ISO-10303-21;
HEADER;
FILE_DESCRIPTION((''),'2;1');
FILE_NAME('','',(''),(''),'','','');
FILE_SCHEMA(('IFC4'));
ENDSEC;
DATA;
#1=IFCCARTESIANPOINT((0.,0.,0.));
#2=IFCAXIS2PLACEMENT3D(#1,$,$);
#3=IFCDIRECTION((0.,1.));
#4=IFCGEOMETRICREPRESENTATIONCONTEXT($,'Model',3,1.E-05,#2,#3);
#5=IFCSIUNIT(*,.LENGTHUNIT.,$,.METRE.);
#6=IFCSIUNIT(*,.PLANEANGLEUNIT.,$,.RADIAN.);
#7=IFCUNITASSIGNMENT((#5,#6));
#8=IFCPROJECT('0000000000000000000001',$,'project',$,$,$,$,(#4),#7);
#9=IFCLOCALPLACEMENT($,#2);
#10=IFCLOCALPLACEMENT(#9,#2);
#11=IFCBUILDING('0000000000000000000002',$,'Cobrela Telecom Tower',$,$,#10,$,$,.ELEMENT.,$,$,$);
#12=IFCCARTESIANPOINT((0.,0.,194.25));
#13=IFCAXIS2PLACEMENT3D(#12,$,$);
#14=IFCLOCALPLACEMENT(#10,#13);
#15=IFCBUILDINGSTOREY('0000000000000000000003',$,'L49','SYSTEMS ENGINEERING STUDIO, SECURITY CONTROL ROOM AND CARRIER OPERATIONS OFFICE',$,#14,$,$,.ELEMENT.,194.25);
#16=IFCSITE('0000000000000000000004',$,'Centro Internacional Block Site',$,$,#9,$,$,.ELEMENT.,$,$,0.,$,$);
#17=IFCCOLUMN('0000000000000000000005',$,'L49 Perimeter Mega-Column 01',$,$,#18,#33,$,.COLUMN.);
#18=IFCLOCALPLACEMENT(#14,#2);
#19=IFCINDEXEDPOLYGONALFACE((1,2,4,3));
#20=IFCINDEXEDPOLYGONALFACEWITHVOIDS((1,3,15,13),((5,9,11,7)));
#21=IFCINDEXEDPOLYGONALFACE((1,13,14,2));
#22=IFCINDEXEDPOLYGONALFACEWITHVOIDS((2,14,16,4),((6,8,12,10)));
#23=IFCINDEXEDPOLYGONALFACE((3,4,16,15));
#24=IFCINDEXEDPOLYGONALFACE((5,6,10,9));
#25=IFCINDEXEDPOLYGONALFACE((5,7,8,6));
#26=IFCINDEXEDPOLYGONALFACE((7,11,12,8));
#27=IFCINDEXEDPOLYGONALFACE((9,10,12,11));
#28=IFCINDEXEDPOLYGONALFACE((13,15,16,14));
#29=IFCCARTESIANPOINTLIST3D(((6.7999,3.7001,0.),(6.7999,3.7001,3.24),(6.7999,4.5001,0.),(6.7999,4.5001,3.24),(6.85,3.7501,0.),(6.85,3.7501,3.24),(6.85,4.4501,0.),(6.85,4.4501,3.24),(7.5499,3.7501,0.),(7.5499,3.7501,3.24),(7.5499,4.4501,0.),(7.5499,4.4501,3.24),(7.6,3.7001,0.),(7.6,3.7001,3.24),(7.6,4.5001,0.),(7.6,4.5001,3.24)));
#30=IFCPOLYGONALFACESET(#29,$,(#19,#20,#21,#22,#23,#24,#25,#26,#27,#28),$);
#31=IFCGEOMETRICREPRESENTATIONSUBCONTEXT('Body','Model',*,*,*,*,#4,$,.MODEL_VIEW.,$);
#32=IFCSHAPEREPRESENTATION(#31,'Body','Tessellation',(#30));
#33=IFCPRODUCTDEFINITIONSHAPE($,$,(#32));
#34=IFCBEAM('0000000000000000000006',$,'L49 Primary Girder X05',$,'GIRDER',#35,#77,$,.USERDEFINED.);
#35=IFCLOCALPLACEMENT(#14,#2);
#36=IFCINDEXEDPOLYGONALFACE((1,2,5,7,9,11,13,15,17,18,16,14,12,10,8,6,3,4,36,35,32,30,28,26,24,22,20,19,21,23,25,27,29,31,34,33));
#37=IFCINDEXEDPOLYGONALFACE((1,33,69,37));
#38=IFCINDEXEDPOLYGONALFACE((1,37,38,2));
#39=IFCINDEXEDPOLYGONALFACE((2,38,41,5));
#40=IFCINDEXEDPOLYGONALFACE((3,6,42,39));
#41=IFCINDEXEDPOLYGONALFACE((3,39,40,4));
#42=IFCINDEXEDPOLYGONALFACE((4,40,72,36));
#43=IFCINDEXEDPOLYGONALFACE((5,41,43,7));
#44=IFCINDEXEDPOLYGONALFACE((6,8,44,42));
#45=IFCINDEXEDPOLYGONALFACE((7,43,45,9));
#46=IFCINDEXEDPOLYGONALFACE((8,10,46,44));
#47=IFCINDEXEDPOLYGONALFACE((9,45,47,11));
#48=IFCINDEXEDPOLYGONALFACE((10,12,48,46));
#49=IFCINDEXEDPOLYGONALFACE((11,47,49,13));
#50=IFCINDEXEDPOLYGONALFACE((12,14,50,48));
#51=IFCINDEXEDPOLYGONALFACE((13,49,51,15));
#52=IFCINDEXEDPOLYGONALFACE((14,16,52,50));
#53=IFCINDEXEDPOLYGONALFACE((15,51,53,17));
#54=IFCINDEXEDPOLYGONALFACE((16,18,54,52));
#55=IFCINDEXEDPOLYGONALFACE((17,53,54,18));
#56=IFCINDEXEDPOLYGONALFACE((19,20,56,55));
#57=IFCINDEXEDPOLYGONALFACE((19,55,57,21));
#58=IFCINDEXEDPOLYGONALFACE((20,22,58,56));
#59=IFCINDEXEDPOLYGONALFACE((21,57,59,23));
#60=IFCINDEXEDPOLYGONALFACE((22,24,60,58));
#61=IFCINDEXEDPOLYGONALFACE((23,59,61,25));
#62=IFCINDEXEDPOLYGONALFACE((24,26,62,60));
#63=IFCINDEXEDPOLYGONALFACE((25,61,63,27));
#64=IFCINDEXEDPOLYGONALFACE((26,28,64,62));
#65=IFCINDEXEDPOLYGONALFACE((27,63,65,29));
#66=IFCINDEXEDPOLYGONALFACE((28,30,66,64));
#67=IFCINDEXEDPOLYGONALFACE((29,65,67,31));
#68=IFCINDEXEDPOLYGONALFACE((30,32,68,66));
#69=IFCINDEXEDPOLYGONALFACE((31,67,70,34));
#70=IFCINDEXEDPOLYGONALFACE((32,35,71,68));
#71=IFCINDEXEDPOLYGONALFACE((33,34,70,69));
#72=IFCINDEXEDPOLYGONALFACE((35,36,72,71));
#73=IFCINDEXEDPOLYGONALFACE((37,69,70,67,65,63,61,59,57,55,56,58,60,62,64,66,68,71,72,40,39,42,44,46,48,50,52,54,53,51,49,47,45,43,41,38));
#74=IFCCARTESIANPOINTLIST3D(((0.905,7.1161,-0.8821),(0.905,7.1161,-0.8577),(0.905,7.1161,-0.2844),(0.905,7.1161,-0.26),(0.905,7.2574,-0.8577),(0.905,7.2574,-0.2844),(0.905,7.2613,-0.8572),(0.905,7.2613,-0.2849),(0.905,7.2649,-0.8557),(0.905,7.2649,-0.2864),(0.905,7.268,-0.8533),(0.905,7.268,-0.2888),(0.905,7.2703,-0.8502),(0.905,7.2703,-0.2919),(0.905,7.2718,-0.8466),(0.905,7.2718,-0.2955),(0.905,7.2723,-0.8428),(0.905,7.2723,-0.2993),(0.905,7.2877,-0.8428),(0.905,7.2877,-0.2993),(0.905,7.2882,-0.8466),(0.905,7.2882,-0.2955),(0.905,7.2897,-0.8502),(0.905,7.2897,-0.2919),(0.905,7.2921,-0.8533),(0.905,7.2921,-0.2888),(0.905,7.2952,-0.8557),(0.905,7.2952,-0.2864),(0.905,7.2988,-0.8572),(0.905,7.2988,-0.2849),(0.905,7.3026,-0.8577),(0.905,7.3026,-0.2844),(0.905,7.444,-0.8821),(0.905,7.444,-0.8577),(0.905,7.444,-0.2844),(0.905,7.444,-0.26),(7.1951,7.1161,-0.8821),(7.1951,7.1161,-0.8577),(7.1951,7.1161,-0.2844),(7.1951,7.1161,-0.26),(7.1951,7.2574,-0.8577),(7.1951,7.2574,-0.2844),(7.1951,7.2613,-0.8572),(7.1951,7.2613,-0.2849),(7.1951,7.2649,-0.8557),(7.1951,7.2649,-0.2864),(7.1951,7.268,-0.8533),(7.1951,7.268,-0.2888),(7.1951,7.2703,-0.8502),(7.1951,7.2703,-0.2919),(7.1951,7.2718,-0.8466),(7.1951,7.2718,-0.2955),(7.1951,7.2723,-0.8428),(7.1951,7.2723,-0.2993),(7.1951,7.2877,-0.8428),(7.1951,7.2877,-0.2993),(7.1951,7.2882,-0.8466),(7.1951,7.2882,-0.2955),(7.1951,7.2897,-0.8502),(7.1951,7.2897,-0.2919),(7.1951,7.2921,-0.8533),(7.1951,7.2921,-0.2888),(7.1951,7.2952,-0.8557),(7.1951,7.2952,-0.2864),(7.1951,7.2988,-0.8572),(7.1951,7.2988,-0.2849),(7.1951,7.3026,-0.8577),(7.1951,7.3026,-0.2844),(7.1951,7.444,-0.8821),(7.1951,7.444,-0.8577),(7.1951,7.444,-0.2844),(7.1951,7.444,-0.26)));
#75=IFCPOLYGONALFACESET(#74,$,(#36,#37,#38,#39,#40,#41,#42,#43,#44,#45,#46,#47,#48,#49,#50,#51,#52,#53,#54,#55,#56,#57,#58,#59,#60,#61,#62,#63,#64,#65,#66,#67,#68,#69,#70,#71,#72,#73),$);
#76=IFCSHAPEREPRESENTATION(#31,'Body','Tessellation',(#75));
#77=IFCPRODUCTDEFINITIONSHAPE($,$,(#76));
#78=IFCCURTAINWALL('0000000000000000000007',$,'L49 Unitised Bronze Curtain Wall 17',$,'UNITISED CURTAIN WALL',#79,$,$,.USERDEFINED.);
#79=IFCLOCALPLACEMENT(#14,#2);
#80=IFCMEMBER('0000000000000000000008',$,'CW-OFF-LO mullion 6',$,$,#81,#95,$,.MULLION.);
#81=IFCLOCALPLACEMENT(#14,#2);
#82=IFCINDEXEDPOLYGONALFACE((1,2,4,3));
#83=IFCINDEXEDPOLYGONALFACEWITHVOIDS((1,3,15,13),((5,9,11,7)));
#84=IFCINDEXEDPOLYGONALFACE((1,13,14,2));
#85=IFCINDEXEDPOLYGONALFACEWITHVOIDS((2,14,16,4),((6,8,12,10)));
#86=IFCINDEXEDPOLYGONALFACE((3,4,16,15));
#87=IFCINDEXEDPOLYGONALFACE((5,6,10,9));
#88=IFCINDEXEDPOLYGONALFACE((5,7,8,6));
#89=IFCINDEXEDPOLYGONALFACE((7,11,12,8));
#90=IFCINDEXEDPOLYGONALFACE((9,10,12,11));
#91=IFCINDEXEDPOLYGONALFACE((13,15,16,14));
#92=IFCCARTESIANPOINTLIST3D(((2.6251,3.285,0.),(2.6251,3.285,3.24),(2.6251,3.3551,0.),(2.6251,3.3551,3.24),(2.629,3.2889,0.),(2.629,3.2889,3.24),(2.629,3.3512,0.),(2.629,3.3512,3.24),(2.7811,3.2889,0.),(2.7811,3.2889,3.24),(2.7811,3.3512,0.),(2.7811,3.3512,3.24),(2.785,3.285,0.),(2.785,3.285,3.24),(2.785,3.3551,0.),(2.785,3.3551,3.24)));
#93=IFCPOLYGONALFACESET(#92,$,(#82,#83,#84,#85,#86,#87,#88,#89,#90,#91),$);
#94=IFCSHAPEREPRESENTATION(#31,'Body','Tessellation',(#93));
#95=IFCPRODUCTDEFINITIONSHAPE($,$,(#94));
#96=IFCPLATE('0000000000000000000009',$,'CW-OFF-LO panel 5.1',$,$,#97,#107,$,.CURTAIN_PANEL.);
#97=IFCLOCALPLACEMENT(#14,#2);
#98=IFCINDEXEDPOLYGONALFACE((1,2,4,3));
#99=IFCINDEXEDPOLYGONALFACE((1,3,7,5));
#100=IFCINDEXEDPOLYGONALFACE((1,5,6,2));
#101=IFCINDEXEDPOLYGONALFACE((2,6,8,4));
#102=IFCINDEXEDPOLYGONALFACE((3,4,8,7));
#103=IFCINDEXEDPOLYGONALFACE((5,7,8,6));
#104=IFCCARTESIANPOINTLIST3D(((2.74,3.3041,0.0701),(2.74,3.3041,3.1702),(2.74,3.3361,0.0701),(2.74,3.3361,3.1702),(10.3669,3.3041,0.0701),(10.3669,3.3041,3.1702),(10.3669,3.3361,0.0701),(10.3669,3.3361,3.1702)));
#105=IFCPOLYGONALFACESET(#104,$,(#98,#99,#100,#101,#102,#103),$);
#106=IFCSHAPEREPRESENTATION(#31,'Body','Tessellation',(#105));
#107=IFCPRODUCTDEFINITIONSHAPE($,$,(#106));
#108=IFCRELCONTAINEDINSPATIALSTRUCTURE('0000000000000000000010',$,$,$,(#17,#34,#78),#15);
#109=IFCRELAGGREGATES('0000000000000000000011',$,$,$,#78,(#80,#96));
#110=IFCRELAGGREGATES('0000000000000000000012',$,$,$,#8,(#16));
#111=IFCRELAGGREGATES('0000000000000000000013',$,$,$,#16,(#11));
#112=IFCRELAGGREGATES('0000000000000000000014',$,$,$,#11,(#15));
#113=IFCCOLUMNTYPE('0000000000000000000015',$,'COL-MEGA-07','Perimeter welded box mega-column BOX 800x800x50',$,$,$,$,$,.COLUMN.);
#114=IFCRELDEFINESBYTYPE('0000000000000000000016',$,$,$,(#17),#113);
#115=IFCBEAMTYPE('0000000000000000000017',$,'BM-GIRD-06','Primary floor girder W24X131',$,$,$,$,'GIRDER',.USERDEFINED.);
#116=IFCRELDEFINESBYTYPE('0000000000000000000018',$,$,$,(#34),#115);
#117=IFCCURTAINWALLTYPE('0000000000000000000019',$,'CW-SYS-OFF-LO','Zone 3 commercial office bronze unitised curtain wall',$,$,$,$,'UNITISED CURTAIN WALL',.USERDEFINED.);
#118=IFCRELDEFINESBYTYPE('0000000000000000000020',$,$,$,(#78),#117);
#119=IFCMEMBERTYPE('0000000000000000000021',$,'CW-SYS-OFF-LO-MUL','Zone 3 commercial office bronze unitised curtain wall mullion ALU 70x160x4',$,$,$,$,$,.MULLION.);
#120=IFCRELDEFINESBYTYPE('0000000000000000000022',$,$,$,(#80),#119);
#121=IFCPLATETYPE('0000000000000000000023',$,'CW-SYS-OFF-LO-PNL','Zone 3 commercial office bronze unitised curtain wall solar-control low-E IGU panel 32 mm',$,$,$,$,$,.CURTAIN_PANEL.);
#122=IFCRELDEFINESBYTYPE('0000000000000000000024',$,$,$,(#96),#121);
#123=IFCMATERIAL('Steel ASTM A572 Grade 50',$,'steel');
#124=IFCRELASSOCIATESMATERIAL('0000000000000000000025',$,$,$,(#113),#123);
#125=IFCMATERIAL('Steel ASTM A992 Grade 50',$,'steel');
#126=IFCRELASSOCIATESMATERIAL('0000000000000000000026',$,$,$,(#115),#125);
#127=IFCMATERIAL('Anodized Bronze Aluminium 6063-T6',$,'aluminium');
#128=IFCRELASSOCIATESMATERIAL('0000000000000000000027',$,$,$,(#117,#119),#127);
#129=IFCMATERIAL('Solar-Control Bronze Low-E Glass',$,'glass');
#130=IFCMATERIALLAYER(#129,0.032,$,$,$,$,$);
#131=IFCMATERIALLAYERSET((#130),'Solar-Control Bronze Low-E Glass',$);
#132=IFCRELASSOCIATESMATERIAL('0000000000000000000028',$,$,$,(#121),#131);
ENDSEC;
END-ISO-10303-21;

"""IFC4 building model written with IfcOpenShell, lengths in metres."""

from ifc_helpers import new_model, si_unit, direction, frame, origin, origin_2d, place, context, subcontext, project, spatial, rectangle, hollow_rectangle, i_section, extrude, material, layer, layer_set, material_profile, profile_set, type_object, element, aggregate, save


model = new_model("IFC4")

# Units and contexts
model_context = context("Model", 3, precision=1e-05, world=origin(), true_north=direction((0.0, 1.0)))
body_context = subcontext(model_context, "Body", "Model", "MODEL_VIEW")
ifc_project = project(units=[si_unit("LENGTHUNIT", "METRE"), si_unit("PLANEANGLEUNIT", "RADIAN")], contexts=[model_context])

# Site, building, storey
site_placement = place(None, origin())
site = spatial("IfcSite", under=ifc_project, at=site_placement, Name="Centro Internacional Block Site", CompositionType="ELEMENT", RefElevation=0.0)
building_placement = place(site_placement, origin())
building = spatial("IfcBuilding", under=site, at=building_placement, Name="Cobrela Telecom Tower", CompositionType="ELEMENT")
storey_placement = place(building_placement, frame((0.0, 0.0, 194.25)))
storey = spatial("IfcBuildingStorey", under=building, at=storey_placement, Name="L49", Description="SYSTEMS ENGINEERING STUDIO, SECURITY CONTROL ROOM AND CARRIER OPERATIONS OFFICE", CompositionType="ELEMENT", Elevation=194.25)

# Column
ifc_material_1 = material(Name="Steel ASTM A572 Grade 50", Category="steel")
ifc_material_profile_1 = material_profile(ifc_material_1, hollow_rectangle(XDim=0.8, YDim=0.8, WallThickness=0.05, at=origin_2d()), Name="BOX 800x800x50")
ifc_profile_set_1 = profile_set([ifc_material_profile_1], Name="Steel ASTM A572 Grade 50")
column_type = type_object("IfcColumnType", Name="COL-MEGA-07", Description="Perimeter welded box mega-column BOX 800x800x50", PredefinedType="COLUMN", material=ifc_profile_set_1)
column_placement = place(storey_placement, frame((7.2, 4.1001, 0.0), z_axis=(0.0, 0.0, 1.0), x_axis=(1.0, 0.0, 0.0)))
element("IfcColumn", 1, at=column_placement, inside=storey, type_object=column_type, Name="L49 Perimeter Mega-Column 01", PredefinedType="COLUMN", context=body_context, shape_type="SweptSolid", body=[
    extrude(hollow_rectangle(XDim=0.8, YDim=0.8, WallThickness=0.05, at=origin_2d()), origin(), (0.0, 0.0, 1.0), 3.24),
])

# Beam
ifc_material_2 = material(Name="Steel ASTM A992 Grade 50", Category="steel")
ifc_material_profile_2 = material_profile(ifc_material_2, i_section(OverallWidth=0.3279, OverallDepth=0.6221, WebThickness=0.0154, FlangeThickness=0.0244, FilletRadius=0.0149, at=origin_2d()), Name="W24X131")
ifc_profile_set_2 = profile_set([ifc_material_profile_2], Name="Steel ASTM A992 Grade 50")
beam_type = type_object("IfcBeamType", Name="BM-GIRD-06", Description="Primary floor girder W24X131", ElementType="GIRDER", PredefinedType="USERDEFINED", material=ifc_profile_set_2)
beam_placement = place(storey_placement, frame((0.905, 7.28, -0.571), z_axis=(1.0, 0.0, 0.0), x_axis=(0.0, 1.0, 0.0)))
element("IfcBeam", 2, at=beam_placement, inside=storey, type_object=beam_type, Name="L49 Primary Girder X05", ObjectType="GIRDER", PredefinedType="USERDEFINED", context=body_context, shape_type="SweptSolid", body=[
    extrude(i_section(OverallWidth=0.3279, OverallDepth=0.6221, WebThickness=0.0154, FlangeThickness=0.0244, FilletRadius=0.0149, at=origin_2d()), origin(), (0.0, 0.0, 1.0), 6.29),
])

# Curtain wall, member, plate
ifc_material_3 = material(Name="Anodized Bronze Aluminium 6063-T6", Category="aluminium")
curtain_wall_type = type_object("IfcCurtainWallType", Name="CW-SYS-OFF-LO", Description="Zone 3 commercial office bronze unitised curtain wall", ElementType="UNITISED CURTAIN WALL", PredefinedType="USERDEFINED", material=ifc_material_3)
curtain_wall_placement = place(storey_placement, origin())
curtain_wall = element("IfcCurtainWall", 3, at=curtain_wall_placement, inside=storey, type_object=curtain_wall_type, Name="L49 Unitised Bronze Curtain Wall 17", ObjectType="UNITISED CURTAIN WALL", PredefinedType="USERDEFINED")
ifc_material_profile_3 = material_profile(ifc_material_3, hollow_rectangle(XDim=0.0701, YDim=0.1599, WallThickness=0.0039, at=origin_2d()), Name="ALU 70x160x4")
ifc_profile_set_3 = profile_set([ifc_material_profile_3], Name="Anodized Bronze Aluminium 6063-T6")
member_type = type_object("IfcMemberType", Name="CW-SYS-OFF-LO-MUL", Description="Zone 3 commercial office bronze unitised curtain wall mullion ALU 70x160x4", PredefinedType="MULLION", material=ifc_profile_set_3)
member_placement = place(storey_placement, frame((2.7051, 3.3201, 0.0), z_axis=(0.0, 0.0, 1.0), x_axis=(0.0, -1.0, 0.0)))
member = element("IfcMember", 4, at=member_placement, type_object=member_type, Name="CW-OFF-LO mullion 6", PredefinedType="MULLION", context=body_context, shape_type="SweptSolid", body=[
    extrude(hollow_rectangle(XDim=0.0701, YDim=0.1599, WallThickness=0.0039, at=origin_2d()), origin(), (0.0, 0.0, 1.0), 3.24),
])
ifc_material_4 = material(Name="Solar-Control Bronze Low-E Glass", Category="glass")
ifc_layer_1 = layer(ifc_material_4, 0.032)
ifc_layer_set_1 = layer_set([ifc_layer_1], Name="Solar-Control Bronze Low-E Glass")
plate_type = type_object("IfcPlateType", Name="CW-SYS-OFF-LO-PNL", Description="Zone 3 commercial office bronze unitised curtain wall solar-control low-E IGU panel 32 mm", PredefinedType="CURTAIN_PANEL", material=ifc_layer_set_1)
plate_placement = place(storey_placement, frame((6.5535, 3.3201, 0.0701), z_axis=(0.0, 0.0, 1.0), x_axis=(-1.0, 0.0, 0.0)))
plate = element("IfcPlate", 5, at=plate_placement, type_object=plate_type, Name="CW-OFF-LO panel 5.1", PredefinedType="CURTAIN_PANEL", context=body_context, shape_type="SweptSolid", body=[
    extrude(rectangle(XDim=7.627, YDim=0.032, at=origin_2d()), origin(), (0.0, 0.0, 1.0), 3.1001),
])
aggregate(curtain_wall, [member, plate])

save(model, "model.ifc")
